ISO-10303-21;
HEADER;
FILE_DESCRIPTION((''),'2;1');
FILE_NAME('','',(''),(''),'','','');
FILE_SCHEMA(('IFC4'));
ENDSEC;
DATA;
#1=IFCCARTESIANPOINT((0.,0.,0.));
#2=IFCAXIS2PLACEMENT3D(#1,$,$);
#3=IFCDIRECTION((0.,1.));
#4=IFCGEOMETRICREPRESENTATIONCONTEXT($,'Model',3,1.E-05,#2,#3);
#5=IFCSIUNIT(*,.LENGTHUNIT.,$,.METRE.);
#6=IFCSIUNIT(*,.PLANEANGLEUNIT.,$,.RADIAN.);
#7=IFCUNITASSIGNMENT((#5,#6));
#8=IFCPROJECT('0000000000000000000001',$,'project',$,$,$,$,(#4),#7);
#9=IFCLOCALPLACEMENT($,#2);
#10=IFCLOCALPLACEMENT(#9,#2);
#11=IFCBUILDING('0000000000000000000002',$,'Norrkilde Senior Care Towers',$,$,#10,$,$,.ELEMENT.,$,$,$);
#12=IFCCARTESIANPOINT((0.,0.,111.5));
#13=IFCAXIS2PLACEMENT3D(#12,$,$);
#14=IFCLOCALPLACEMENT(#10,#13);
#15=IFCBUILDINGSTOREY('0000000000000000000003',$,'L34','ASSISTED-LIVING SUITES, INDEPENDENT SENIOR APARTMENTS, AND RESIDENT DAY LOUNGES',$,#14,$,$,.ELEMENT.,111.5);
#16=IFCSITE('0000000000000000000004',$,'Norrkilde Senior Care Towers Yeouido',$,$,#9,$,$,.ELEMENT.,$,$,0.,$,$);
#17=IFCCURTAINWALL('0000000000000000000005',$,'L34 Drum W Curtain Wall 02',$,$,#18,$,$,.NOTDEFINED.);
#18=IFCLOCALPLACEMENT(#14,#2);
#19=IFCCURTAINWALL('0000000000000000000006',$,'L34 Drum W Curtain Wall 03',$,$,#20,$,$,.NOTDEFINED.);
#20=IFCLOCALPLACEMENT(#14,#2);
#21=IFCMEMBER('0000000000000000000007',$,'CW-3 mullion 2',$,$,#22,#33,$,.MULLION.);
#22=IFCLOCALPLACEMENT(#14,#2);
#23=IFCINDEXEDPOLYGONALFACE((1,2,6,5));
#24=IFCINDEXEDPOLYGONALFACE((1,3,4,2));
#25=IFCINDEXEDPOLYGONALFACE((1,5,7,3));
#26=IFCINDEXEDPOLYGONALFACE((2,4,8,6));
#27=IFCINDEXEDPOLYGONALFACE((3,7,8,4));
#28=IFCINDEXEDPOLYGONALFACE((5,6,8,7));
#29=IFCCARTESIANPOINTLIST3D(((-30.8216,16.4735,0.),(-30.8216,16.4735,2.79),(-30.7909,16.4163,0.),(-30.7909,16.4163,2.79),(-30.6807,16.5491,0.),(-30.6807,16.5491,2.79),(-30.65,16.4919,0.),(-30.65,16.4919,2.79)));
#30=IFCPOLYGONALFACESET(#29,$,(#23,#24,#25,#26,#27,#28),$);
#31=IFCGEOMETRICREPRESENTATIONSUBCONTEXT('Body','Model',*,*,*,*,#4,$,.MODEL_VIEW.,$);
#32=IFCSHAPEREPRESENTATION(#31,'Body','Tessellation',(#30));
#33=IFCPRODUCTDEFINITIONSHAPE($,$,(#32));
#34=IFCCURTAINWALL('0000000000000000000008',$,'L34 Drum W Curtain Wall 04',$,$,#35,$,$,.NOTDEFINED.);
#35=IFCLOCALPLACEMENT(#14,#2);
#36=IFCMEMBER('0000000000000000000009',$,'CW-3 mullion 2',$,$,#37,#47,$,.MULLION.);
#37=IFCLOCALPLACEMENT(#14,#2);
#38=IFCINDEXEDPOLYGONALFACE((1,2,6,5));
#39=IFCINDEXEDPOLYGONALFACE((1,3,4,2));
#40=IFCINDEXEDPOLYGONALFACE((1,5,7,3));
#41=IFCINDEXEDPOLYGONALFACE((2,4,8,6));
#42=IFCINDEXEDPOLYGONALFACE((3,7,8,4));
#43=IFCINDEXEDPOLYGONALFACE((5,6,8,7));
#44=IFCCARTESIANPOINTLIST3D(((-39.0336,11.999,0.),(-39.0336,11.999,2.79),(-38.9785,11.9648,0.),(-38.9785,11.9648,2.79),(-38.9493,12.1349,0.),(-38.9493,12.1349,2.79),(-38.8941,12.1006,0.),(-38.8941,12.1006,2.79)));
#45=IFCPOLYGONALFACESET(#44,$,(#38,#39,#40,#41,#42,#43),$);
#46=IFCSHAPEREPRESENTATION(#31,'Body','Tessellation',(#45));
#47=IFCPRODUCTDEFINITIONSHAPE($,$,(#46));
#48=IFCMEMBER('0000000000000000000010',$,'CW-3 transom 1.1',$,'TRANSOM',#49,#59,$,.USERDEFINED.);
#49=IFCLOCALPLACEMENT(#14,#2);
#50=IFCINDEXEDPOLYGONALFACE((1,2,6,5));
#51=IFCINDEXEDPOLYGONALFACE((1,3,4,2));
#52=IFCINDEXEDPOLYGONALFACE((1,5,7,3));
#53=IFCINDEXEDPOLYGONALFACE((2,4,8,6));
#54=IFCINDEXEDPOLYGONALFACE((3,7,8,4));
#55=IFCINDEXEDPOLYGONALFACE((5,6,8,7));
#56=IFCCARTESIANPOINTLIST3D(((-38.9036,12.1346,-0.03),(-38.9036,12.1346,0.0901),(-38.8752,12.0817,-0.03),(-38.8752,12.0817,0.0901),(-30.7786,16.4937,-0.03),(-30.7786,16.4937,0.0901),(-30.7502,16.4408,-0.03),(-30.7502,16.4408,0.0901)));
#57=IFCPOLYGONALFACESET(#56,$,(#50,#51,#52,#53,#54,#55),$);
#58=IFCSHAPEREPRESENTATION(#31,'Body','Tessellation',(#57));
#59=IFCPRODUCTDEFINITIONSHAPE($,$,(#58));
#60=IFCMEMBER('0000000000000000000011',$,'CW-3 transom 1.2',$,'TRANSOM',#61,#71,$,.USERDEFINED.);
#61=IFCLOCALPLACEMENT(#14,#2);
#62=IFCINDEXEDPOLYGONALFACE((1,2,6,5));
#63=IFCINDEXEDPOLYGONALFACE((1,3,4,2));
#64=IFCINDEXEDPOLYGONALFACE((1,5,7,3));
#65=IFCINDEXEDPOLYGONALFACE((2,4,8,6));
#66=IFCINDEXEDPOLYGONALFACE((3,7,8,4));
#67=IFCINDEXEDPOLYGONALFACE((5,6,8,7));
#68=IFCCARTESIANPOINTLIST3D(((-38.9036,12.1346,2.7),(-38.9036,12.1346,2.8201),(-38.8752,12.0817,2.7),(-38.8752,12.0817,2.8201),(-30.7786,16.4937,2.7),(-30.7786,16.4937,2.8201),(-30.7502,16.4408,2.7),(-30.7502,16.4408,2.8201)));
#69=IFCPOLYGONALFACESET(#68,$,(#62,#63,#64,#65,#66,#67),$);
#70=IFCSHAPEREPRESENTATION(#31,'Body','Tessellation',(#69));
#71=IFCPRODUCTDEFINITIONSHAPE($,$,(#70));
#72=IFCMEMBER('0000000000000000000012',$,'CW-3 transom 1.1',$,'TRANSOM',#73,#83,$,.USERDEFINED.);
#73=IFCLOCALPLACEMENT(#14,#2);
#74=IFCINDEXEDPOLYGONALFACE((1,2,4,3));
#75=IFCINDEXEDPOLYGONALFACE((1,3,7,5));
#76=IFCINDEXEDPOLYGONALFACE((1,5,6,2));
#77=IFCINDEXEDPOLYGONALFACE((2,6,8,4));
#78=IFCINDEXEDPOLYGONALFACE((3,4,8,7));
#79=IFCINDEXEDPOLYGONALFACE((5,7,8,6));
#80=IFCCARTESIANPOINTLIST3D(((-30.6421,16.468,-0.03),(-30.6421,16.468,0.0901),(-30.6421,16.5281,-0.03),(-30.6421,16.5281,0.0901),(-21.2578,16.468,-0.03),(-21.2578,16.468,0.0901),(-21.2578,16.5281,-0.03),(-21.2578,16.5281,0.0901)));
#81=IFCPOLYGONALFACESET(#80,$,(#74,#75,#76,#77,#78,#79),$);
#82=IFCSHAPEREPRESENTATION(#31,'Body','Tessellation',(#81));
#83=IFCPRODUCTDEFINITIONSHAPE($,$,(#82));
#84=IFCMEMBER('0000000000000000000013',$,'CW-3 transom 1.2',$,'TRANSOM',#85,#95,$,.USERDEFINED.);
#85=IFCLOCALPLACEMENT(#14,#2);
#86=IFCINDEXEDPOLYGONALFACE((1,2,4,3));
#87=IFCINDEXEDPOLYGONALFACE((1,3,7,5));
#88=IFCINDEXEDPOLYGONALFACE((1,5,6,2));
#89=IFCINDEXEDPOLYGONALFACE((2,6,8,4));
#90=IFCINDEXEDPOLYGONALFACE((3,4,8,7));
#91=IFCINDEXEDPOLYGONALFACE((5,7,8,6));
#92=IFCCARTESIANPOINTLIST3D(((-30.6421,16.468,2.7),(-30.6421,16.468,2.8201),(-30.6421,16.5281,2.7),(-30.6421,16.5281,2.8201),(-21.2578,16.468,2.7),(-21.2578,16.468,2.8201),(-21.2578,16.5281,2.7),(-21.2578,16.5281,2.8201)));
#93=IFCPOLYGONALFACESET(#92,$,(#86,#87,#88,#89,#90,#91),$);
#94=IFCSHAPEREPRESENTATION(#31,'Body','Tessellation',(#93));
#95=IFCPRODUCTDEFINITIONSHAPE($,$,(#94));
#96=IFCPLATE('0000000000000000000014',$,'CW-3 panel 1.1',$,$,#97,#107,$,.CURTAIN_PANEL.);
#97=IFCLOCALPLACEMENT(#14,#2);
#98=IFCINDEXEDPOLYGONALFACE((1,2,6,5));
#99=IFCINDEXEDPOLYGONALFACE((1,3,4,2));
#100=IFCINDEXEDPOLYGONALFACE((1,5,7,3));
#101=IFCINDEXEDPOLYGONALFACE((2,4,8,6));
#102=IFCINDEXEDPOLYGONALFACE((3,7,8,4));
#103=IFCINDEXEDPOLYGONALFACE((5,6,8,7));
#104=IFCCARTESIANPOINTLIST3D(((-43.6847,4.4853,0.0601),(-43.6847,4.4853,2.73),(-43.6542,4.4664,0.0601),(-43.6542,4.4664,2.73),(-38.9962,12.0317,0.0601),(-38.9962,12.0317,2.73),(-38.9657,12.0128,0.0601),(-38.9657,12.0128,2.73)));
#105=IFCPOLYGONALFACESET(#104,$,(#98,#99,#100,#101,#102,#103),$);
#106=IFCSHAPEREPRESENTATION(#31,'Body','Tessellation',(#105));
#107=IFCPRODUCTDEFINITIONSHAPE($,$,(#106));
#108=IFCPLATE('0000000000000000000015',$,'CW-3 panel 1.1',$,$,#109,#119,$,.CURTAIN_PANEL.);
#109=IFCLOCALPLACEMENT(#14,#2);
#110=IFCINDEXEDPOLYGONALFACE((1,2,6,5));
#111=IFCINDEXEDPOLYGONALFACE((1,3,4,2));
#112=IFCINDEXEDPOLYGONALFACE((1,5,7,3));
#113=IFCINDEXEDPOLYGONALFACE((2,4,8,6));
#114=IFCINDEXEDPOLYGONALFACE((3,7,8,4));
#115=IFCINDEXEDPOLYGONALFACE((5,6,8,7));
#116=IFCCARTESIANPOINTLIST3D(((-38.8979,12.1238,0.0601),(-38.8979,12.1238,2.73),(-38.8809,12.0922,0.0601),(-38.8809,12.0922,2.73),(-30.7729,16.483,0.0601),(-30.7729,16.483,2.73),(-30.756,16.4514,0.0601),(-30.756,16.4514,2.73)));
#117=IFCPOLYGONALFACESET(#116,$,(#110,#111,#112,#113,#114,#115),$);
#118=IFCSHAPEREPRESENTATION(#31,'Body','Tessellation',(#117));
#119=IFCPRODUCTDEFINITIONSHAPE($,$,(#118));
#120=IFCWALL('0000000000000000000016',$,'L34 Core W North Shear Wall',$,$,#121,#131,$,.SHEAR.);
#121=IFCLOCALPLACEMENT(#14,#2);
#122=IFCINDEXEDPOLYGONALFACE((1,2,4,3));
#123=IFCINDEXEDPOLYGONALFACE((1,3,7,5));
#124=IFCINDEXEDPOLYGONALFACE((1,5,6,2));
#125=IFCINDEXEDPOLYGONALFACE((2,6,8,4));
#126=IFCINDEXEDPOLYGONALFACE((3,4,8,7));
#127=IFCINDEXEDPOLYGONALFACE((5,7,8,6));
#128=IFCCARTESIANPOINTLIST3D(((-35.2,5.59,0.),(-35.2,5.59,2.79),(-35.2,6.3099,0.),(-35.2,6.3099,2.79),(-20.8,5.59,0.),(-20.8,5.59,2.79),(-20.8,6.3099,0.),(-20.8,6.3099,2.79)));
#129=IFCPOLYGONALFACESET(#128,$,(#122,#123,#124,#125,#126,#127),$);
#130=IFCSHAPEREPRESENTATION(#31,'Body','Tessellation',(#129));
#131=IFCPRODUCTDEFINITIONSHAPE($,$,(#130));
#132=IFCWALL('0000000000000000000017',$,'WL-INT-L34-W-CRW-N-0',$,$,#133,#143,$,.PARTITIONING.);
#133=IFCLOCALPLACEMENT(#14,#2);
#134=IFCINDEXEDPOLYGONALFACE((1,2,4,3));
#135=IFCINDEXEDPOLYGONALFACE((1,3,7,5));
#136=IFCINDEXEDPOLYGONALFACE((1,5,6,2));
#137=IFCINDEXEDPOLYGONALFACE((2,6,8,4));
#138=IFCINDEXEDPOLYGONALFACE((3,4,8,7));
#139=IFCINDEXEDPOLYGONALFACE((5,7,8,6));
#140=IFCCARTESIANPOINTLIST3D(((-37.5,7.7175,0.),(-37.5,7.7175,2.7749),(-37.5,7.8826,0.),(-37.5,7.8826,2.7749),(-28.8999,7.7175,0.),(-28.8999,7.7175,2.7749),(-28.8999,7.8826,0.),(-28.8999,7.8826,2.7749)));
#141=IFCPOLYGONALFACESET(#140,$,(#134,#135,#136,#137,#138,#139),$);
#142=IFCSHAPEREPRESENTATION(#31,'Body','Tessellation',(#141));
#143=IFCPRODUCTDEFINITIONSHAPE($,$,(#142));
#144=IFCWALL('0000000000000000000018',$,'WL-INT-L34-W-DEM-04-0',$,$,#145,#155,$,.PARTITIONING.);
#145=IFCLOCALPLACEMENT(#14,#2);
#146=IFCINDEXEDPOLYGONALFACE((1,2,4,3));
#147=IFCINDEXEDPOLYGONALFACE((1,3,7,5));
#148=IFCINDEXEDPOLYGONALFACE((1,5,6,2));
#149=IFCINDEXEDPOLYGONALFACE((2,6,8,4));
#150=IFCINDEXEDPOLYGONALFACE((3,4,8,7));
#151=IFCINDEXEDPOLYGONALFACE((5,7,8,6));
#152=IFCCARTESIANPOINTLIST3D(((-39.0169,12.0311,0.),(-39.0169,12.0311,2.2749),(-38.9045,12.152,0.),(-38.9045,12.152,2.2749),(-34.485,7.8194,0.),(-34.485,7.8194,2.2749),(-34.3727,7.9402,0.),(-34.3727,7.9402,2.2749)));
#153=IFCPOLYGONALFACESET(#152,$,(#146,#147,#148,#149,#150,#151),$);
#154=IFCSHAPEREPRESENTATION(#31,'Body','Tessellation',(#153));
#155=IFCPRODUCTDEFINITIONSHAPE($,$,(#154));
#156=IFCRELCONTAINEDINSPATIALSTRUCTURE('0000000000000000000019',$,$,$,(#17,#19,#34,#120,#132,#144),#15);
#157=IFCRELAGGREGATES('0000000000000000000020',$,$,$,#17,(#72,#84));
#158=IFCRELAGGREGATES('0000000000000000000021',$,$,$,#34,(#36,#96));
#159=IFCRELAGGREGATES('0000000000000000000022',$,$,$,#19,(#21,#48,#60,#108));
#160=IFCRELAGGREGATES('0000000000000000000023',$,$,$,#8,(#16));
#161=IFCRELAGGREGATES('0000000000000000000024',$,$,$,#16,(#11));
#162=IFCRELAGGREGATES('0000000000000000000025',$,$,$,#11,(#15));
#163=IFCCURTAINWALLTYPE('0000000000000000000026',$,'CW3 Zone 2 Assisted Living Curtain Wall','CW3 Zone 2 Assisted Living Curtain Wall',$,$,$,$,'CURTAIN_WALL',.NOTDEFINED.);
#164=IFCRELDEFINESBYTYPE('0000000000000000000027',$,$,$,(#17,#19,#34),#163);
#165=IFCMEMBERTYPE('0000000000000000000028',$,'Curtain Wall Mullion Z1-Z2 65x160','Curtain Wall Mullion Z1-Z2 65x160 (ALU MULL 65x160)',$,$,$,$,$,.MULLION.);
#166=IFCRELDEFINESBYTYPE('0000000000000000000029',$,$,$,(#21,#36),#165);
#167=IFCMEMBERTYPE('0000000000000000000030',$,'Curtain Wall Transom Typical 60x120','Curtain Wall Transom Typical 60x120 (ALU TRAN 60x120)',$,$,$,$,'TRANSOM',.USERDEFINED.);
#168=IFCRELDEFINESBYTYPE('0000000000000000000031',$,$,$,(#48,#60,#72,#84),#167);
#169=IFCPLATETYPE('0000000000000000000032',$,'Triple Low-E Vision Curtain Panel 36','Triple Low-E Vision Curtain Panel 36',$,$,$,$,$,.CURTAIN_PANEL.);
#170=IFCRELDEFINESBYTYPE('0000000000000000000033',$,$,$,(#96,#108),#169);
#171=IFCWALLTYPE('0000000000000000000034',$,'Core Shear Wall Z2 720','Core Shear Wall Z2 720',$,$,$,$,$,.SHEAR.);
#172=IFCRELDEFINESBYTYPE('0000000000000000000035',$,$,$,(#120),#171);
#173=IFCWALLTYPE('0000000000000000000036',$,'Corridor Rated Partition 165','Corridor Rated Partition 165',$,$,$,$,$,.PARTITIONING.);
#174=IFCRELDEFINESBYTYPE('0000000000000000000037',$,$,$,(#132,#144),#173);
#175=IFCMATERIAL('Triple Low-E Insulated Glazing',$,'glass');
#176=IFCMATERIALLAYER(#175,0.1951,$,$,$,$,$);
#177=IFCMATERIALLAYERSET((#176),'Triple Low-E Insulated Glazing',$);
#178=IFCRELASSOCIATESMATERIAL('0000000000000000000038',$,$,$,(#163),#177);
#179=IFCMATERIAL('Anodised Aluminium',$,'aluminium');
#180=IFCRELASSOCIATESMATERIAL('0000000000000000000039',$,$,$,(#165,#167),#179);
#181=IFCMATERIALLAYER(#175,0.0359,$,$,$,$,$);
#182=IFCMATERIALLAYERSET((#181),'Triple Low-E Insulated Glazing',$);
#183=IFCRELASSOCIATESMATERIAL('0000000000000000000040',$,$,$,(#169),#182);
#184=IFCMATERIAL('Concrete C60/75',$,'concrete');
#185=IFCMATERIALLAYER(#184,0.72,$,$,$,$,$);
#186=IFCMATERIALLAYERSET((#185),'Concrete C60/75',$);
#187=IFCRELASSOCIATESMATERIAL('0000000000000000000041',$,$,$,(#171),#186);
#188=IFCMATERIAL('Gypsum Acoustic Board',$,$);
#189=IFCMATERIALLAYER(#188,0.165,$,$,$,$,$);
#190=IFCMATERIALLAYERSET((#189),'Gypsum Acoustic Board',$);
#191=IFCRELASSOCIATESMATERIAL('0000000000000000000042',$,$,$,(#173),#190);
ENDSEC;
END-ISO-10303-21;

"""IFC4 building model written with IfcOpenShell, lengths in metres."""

from ifc_helpers import new_model, si_unit, direction, frame, frame_2d, origin, origin_2d, place, context, subcontext, project, spatial, rectangle, extrude, source, transform, mapped, material, layer, layer_set, material_profile, profile_set, type_object, type_shapes, element, aggregate, save


model = new_model("IFC4")

# Units and contexts
model_context = context("Model", 3, precision=1e-05, world=origin(), true_north=direction((0.0, 1.0)))
body_context = subcontext(model_context, "Body", "Model", "MODEL_VIEW")
ifc_project = project(units=[si_unit("LENGTHUNIT", "METRE"), si_unit("PLANEANGLEUNIT", "RADIAN")], contexts=[model_context])

# Site, building, storey
site_placement = place(None, origin())
site = spatial("IfcSite", under=ifc_project, at=site_placement, Name="Norrkilde Senior Care Towers Yeouido", CompositionType="ELEMENT", RefElevation=0.0)
building_placement = place(site_placement, origin())
building = spatial("IfcBuilding", under=site, at=building_placement, Name="Norrkilde Senior Care Towers", CompositionType="ELEMENT")
storey_placement = place(building_placement, frame((0.0, 0.0, 111.5)))
storey = spatial("IfcBuildingStorey", under=building, at=storey_placement, Name="L34", Description="ASSISTED-LIVING SUITES, INDEPENDENT SENIOR APARTMENTS, AND RESIDENT DAY LOUNGES", CompositionType="ELEMENT", Elevation=111.5)

# Shared definitions
ifc_material_1 = material(Name="Concrete C60/75", Category="concrete")

# Curtain wall
ifc_material_2 = material(Name="Triple Low-E Insulated Glazing", Category="glass")
ifc_layer_1 = layer(ifc_material_2, 0.1951)
ifc_layer_set_1 = layer_set([ifc_layer_1], Name="Triple Low-E Insulated Glazing")
curtain_wall_type = type_object("IfcCurtainWallType", Name="CW3 Zone 2 Assisted Living Curtain Wall", Description="CW3 Zone 2 Assisted Living Curtain Wall", ElementType="CURTAIN_WALL", PredefinedType="NOTDEFINED", material=ifc_layer_set_1)
curtain_wall_1_placement = place(storey_placement, origin())
curtain_wall_1 = element("IfcCurtainWall", 1, at=curtain_wall_1_placement, inside=storey, type_object=curtain_wall_type, Name="L34 Drum W Curtain Wall 02", PredefinedType="NOTDEFINED")
ifc_material_3 = material(Name="Anodised Aluminium", Category="aluminium")
ifc_material_profile_1 = material_profile(ifc_material_3, rectangle(XDim=0.0649, YDim=0.1599, at=origin_2d()), Name="ALU MULL 65x160")
ifc_profile_set_1 = profile_set([ifc_material_profile_1], Name="Anodised Aluminium")
member_type_1 = type_object("IfcMemberType", Name="Curtain Wall Mullion Z1-Z2 65x160", Description="Curtain Wall Mullion Z1-Z2 65x160 (ALU MULL 65x160)", PredefinedType="MULLION", material=ifc_profile_set_1)
shared_shape_1 = source(origin(), body_context, "Body", "SweptSolid", [
    extrude(rectangle(XDim=0.0649, YDim=0.1599, at=origin_2d()), origin(), (0.0, 0.0, 1.0), 2.79),
])
type_shapes(member_type_1, [shared_shape_1])

# Curtain wall, member
curtain_wall_2_placement = place(storey_placement, origin())
curtain_wall_2 = element("IfcCurtainWall", 2, at=curtain_wall_2_placement, inside=storey, type_object=curtain_wall_type, Name="L34 Drum W Curtain Wall 03", PredefinedType="NOTDEFINED")
member_1_placement = place(storey_placement, frame((-30.7358, 16.4827, 0.0), z_axis=(0.0, 0.0, 1.0), x_axis=(-0.472769, 0.881186, 0.0)))
member_1 = element("IfcMember", 3, at=member_1_placement, type_object=member_type_1, Name="CW-3 mullion 2", PredefinedType="MULLION", context=body_context, shape_type="MappedRepresentation", body=[
    mapped(shared_shape_1, transform((0.0, 0.0, 0.0), x_axis=(1.0, 0.0, 0.0), y_axis=(0.0, 1.0, 0.0), z_axis=(0.0, 0.0, 1.0), scale=1.0)),
])

# Curtain wall, member
curtain_wall_3_placement = place(storey_placement, origin())
curtain_wall_3 = element("IfcCurtainWall", 4, at=curtain_wall_3_placement, inside=storey, type_object=curtain_wall_type, Name="L34 Drum W Curtain Wall 04", PredefinedType="NOTDEFINED")
member_2_placement = place(storey_placement, frame((-38.9639, 12.0498, 0.0), z_axis=(0.0, 0.0, 1.0), x_axis=(-0.84941, 0.527733, 0.0)))
member_2 = element("IfcMember", 5, at=member_2_placement, type_object=member_type_1, Name="CW-3 mullion 2", PredefinedType="MULLION", context=body_context, shape_type="MappedRepresentation", body=[
    mapped(shared_shape_1, transform((0.0, 0.0, 0.0), x_axis=(1.0, 0.0, 0.0), y_axis=(0.0, 1.0, 0.0), z_axis=(0.0, 0.0, 1.0), scale=1.0)),
])

# Members
ifc_material_profile_2 = material_profile(ifc_material_3, rectangle(XDim=0.0601, YDim=0.1201, at=origin_2d()), Name="ALU TRAN 60x120")
ifc_profile_set_2 = profile_set([ifc_material_profile_2], Name="Anodised Aluminium")
member_type_2 = type_object("IfcMemberType", Name="Curtain Wall Transom Typical 60x120", Description="Curtain Wall Transom Typical 60x120 (ALU TRAN 60x120)", ElementType="TRANSOM", PredefinedType="USERDEFINED", material=ifc_profile_set_2)
shared_shape_2 = source(origin(), body_context, "Body", "SweptSolid", [
    extrude(rectangle(XDim=0.0601, YDim=0.1201, at=origin_2d()), origin(), (0.0, 0.0, 1.0), 9.2205),
])
member_3_placement = place(storey_placement, frame((-38.8894, 12.1082, 0.03), z_axis=(0.881189, 0.472765, 0.0), x_axis=(-0.472765, 0.881189, 0.0)))
member_3 = element("IfcMember", 6, at=member_3_placement, type_object=member_type_2, Name="CW-3 transom 1.1", ObjectType="TRANSOM", PredefinedType="USERDEFINED", context=body_context, shape_type="MappedRepresentation", body=[
    mapped(shared_shape_2, transform((0.0, 0.0, 0.0), x_axis=(1.0, 0.0, 0.0), y_axis=(0.0, 1.0, 0.0), z_axis=(0.0, 0.0, 1.0), scale=1.0)),
])
member_4_placement = place(storey_placement, frame((-38.8894, 12.1082, 2.76), z_axis=(0.881189, 0.472765, 0.0), x_axis=(-0.472765, 0.881189, 0.0)))
member_4 = element("IfcMember", 7, at=member_4_placement, type_object=member_type_2, Name="CW-3 transom 1.2", ObjectType="TRANSOM", PredefinedType="USERDEFINED", context=body_context, shape_type="MappedRepresentation", body=[
    mapped(shared_shape_2, transform((0.0, 0.0, 0.0), x_axis=(1.0, 0.0, 0.0), y_axis=(0.0, 1.0, 0.0), z_axis=(0.0, 0.0, 1.0), scale=1.0)),
])
shared_shape_3 = source(origin(), body_context, "Body", "SweptSolid", [
    extrude(rectangle(XDim=0.0601, YDim=0.1201, at=origin_2d()), origin(), (0.0, 0.0, 1.0), 9.3843),
])
type_shapes(member_type_2, [shared_shape_2, shared_shape_3])
member_5_placement = place(storey_placement, frame((-30.6421, 16.498, 0.03), z_axis=(1.0, 0.0, 0.0), x_axis=(0.0, 1.0, 0.0)))
member_5 = element("IfcMember", 8, at=member_5_placement, type_object=member_type_2, Name="CW-3 transom 1.1", ObjectType="TRANSOM", PredefinedType="USERDEFINED", context=body_context, shape_type="MappedRepresentation", body=[
    mapped(shared_shape_3, transform((0.0, 0.0, 0.0), x_axis=(1.0, 0.0, 0.0), y_axis=(0.0, 1.0, 0.0), z_axis=(0.0, 0.0, 1.0), scale=1.0)),
])
member_6_placement = place(storey_placement, frame((-30.6421, 16.498, 2.76), z_axis=(1.0, 0.0, 0.0), x_axis=(0.0, 1.0, 0.0)))
member_6 = element("IfcMember", 9, at=member_6_placement, type_object=member_type_2, Name="CW-3 transom 1.2", ObjectType="TRANSOM", PredefinedType="USERDEFINED", context=body_context, shape_type="MappedRepresentation", body=[
    mapped(shared_shape_3, transform((0.0, 0.0, 0.0), x_axis=(1.0, 0.0, 0.0), y_axis=(0.0, 1.0, 0.0), z_axis=(0.0, 0.0, 1.0), scale=1.0)),
])
aggregate(curtain_wall_1, [member_5, member_6])

# Plates
ifc_layer_2 = layer(ifc_material_2, 0.0359)
ifc_layer_set_2 = layer_set([ifc_layer_2], Name="Triple Low-E Insulated Glazing")
plate_type = type_object("IfcPlateType", Name="Triple Low-E Vision Curtain Panel 36", Description="Triple Low-E Vision Curtain Panel 36", PredefinedType="CURTAIN_PANEL", material=ifc_layer_set_2)
shared_shape_4 = source(origin(), body_context, "Body", "SweptSolid", [
    extrude(rectangle(XDim=8.8843, YDim=0.0359, at=origin_2d()), origin(), (0.0, 0.0, 1.0), 2.6699),
])
plate_1_placement = place(storey_placement, frame((-41.3252, 8.249, 0.0601), z_axis=(0.0, 0.0, 1.0), x_axis=(0.527733, 0.84941, 0.0)))
plate_1 = element("IfcPlate", 10, at=plate_1_placement, type_object=plate_type, Name="CW-3 panel 1.1", PredefinedType="CURTAIN_PANEL", context=body_context, shape_type="MappedRepresentation", body=[
    mapped(shared_shape_4, transform((0.0, 0.0, 0.0), x_axis=(1.0, 0.0, 0.0), y_axis=(0.0, 1.0, 0.0), z_axis=(0.0, 0.0, 1.0), scale=1.0)),
])
aggregate(curtain_wall_3, [member_2, plate_1])
shared_shape_5 = source(origin(), body_context, "Body", "SweptSolid", [
    extrude(rectangle(XDim=9.2205, YDim=0.0359, at=origin_2d()), origin(), (0.0, 0.0, 1.0), 2.6699),
])
type_shapes(plate_type, [shared_shape_4, shared_shape_5])
plate_2_placement = place(storey_placement, frame((-34.8269, 14.2876, 0.0601), z_axis=(0.0, 0.0, 1.0), x_axis=(0.881186, 0.472769, 0.0)))
plate_2 = element("IfcPlate", 11, at=plate_2_placement, type_object=plate_type, Name="CW-3 panel 1.1", PredefinedType="CURTAIN_PANEL", context=body_context, shape_type="MappedRepresentation", body=[
    mapped(shared_shape_5, transform((0.0, 0.0, 0.0), x_axis=(1.0, 0.0, 0.0), y_axis=(0.0, 1.0, 0.0), z_axis=(0.0, 0.0, 1.0), scale=1.0)),
])
aggregate(curtain_wall_2, [member_1, member_3, member_4, plate_2])

# Walls
ifc_layer_3 = layer(ifc_material_1, 0.72)
ifc_layer_set_3 = layer_set([ifc_layer_3], Name="Concrete C60/75")
wall_type_1 = type_object("IfcWallType", Name="Core Shear Wall Z2 720", Description="Core Shear Wall Z2 720", PredefinedType="SHEAR", material=ifc_layer_set_3)
shared_shape_6 = source(origin(), body_context, "Body", "SweptSolid", [
    extrude(rectangle(XDim=14.3999, YDim=0.72, at=frame_2d((7.2, 0.0))), origin(), (0.0, 0.0, 1.0), 2.79),
])
type_shapes(wall_type_1, [shared_shape_6])
wall_1_placement = place(storey_placement, frame((-35.2, 5.95, 0.0), z_axis=(0.0, 0.0, 1.0), x_axis=(1.0, 0.0, 0.0)))
element("IfcWall", 12, at=wall_1_placement, inside=storey, type_object=wall_type_1, Name="L34 Core W North Shear Wall", PredefinedType="SHEAR", context=body_context, shape_type="MappedRepresentation", body=[
    mapped(shared_shape_6, transform((0.0, 0.0, 0.0), x_axis=(1.0, 0.0, 0.0), y_axis=(0.0, 1.0, 0.0), z_axis=(0.0, 0.0, 1.0), scale=1.0)),
])
ifc_material_4 = material(Name="Gypsum Acoustic Board")
ifc_layer_4 = layer(ifc_material_4, 0.165)
ifc_layer_set_4 = layer_set([ifc_layer_4], Name="Gypsum Acoustic Board")
wall_type_2 = type_object("IfcWallType", Name="Corridor Rated Partition 165", Description="Corridor Rated Partition 165", PredefinedType="PARTITIONING", material=ifc_layer_set_4)
shared_shape_7 = source(origin(), body_context, "Body", "SweptSolid", [
    extrude(rectangle(XDim=8.6001, YDim=0.165, at=frame_2d((4.3, 0.0))), origin(), (0.0, 0.0, 1.0), 2.7749),
])
wall_2_placement = place(storey_placement, frame((-37.5, 7.8, 0.0), z_axis=(0.0, 0.0, 1.0), x_axis=(1.0, 0.0, 0.0)))
element("IfcWall", 13, at=wall_2_placement, inside=storey, type_object=wall_type_2, Name="WL-INT-L34-W-CRW-N-0", PredefinedType="PARTITIONING", context=body_context, shape_type="MappedRepresentation", body=[
    mapped(shared_shape_7, transform((0.0, 0.0, 0.0), x_axis=(1.0, 0.0, 0.0), y_axis=(0.0, 1.0, 0.0), z_axis=(0.0, 0.0, 1.0), scale=1.0)),
])
shared_shape_8 = source(origin(), body_context, "Body", "SweptSolid", [
    extrude(rectangle(XDim=6.1868, YDim=0.165, at=frame_2d((3.0933, 0.0))), origin(), (0.0, 0.0, 1.0), 2.2749),
])
wall_3_placement = place(storey_placement, frame((-34.429, 7.8799, 0.0), z_axis=(0.0, 0.0, 1.0), x_axis=(-0.732501, 0.680766, 0.0)))
element("IfcWall", 14, at=wall_3_placement, inside=storey, type_object=wall_type_2, Name="WL-INT-L34-W-DEM-04-0", PredefinedType="PARTITIONING", context=body_context, shape_type="MappedRepresentation", body=[
    mapped(shared_shape_8, transform((0.0, 0.0, 0.0), x_axis=(1.0, 0.0, 0.0), y_axis=(0.0, 1.0, 0.0), z_axis=(0.0, 0.0, 1.0), scale=1.0)),
])

save(model, "model.ifc")
